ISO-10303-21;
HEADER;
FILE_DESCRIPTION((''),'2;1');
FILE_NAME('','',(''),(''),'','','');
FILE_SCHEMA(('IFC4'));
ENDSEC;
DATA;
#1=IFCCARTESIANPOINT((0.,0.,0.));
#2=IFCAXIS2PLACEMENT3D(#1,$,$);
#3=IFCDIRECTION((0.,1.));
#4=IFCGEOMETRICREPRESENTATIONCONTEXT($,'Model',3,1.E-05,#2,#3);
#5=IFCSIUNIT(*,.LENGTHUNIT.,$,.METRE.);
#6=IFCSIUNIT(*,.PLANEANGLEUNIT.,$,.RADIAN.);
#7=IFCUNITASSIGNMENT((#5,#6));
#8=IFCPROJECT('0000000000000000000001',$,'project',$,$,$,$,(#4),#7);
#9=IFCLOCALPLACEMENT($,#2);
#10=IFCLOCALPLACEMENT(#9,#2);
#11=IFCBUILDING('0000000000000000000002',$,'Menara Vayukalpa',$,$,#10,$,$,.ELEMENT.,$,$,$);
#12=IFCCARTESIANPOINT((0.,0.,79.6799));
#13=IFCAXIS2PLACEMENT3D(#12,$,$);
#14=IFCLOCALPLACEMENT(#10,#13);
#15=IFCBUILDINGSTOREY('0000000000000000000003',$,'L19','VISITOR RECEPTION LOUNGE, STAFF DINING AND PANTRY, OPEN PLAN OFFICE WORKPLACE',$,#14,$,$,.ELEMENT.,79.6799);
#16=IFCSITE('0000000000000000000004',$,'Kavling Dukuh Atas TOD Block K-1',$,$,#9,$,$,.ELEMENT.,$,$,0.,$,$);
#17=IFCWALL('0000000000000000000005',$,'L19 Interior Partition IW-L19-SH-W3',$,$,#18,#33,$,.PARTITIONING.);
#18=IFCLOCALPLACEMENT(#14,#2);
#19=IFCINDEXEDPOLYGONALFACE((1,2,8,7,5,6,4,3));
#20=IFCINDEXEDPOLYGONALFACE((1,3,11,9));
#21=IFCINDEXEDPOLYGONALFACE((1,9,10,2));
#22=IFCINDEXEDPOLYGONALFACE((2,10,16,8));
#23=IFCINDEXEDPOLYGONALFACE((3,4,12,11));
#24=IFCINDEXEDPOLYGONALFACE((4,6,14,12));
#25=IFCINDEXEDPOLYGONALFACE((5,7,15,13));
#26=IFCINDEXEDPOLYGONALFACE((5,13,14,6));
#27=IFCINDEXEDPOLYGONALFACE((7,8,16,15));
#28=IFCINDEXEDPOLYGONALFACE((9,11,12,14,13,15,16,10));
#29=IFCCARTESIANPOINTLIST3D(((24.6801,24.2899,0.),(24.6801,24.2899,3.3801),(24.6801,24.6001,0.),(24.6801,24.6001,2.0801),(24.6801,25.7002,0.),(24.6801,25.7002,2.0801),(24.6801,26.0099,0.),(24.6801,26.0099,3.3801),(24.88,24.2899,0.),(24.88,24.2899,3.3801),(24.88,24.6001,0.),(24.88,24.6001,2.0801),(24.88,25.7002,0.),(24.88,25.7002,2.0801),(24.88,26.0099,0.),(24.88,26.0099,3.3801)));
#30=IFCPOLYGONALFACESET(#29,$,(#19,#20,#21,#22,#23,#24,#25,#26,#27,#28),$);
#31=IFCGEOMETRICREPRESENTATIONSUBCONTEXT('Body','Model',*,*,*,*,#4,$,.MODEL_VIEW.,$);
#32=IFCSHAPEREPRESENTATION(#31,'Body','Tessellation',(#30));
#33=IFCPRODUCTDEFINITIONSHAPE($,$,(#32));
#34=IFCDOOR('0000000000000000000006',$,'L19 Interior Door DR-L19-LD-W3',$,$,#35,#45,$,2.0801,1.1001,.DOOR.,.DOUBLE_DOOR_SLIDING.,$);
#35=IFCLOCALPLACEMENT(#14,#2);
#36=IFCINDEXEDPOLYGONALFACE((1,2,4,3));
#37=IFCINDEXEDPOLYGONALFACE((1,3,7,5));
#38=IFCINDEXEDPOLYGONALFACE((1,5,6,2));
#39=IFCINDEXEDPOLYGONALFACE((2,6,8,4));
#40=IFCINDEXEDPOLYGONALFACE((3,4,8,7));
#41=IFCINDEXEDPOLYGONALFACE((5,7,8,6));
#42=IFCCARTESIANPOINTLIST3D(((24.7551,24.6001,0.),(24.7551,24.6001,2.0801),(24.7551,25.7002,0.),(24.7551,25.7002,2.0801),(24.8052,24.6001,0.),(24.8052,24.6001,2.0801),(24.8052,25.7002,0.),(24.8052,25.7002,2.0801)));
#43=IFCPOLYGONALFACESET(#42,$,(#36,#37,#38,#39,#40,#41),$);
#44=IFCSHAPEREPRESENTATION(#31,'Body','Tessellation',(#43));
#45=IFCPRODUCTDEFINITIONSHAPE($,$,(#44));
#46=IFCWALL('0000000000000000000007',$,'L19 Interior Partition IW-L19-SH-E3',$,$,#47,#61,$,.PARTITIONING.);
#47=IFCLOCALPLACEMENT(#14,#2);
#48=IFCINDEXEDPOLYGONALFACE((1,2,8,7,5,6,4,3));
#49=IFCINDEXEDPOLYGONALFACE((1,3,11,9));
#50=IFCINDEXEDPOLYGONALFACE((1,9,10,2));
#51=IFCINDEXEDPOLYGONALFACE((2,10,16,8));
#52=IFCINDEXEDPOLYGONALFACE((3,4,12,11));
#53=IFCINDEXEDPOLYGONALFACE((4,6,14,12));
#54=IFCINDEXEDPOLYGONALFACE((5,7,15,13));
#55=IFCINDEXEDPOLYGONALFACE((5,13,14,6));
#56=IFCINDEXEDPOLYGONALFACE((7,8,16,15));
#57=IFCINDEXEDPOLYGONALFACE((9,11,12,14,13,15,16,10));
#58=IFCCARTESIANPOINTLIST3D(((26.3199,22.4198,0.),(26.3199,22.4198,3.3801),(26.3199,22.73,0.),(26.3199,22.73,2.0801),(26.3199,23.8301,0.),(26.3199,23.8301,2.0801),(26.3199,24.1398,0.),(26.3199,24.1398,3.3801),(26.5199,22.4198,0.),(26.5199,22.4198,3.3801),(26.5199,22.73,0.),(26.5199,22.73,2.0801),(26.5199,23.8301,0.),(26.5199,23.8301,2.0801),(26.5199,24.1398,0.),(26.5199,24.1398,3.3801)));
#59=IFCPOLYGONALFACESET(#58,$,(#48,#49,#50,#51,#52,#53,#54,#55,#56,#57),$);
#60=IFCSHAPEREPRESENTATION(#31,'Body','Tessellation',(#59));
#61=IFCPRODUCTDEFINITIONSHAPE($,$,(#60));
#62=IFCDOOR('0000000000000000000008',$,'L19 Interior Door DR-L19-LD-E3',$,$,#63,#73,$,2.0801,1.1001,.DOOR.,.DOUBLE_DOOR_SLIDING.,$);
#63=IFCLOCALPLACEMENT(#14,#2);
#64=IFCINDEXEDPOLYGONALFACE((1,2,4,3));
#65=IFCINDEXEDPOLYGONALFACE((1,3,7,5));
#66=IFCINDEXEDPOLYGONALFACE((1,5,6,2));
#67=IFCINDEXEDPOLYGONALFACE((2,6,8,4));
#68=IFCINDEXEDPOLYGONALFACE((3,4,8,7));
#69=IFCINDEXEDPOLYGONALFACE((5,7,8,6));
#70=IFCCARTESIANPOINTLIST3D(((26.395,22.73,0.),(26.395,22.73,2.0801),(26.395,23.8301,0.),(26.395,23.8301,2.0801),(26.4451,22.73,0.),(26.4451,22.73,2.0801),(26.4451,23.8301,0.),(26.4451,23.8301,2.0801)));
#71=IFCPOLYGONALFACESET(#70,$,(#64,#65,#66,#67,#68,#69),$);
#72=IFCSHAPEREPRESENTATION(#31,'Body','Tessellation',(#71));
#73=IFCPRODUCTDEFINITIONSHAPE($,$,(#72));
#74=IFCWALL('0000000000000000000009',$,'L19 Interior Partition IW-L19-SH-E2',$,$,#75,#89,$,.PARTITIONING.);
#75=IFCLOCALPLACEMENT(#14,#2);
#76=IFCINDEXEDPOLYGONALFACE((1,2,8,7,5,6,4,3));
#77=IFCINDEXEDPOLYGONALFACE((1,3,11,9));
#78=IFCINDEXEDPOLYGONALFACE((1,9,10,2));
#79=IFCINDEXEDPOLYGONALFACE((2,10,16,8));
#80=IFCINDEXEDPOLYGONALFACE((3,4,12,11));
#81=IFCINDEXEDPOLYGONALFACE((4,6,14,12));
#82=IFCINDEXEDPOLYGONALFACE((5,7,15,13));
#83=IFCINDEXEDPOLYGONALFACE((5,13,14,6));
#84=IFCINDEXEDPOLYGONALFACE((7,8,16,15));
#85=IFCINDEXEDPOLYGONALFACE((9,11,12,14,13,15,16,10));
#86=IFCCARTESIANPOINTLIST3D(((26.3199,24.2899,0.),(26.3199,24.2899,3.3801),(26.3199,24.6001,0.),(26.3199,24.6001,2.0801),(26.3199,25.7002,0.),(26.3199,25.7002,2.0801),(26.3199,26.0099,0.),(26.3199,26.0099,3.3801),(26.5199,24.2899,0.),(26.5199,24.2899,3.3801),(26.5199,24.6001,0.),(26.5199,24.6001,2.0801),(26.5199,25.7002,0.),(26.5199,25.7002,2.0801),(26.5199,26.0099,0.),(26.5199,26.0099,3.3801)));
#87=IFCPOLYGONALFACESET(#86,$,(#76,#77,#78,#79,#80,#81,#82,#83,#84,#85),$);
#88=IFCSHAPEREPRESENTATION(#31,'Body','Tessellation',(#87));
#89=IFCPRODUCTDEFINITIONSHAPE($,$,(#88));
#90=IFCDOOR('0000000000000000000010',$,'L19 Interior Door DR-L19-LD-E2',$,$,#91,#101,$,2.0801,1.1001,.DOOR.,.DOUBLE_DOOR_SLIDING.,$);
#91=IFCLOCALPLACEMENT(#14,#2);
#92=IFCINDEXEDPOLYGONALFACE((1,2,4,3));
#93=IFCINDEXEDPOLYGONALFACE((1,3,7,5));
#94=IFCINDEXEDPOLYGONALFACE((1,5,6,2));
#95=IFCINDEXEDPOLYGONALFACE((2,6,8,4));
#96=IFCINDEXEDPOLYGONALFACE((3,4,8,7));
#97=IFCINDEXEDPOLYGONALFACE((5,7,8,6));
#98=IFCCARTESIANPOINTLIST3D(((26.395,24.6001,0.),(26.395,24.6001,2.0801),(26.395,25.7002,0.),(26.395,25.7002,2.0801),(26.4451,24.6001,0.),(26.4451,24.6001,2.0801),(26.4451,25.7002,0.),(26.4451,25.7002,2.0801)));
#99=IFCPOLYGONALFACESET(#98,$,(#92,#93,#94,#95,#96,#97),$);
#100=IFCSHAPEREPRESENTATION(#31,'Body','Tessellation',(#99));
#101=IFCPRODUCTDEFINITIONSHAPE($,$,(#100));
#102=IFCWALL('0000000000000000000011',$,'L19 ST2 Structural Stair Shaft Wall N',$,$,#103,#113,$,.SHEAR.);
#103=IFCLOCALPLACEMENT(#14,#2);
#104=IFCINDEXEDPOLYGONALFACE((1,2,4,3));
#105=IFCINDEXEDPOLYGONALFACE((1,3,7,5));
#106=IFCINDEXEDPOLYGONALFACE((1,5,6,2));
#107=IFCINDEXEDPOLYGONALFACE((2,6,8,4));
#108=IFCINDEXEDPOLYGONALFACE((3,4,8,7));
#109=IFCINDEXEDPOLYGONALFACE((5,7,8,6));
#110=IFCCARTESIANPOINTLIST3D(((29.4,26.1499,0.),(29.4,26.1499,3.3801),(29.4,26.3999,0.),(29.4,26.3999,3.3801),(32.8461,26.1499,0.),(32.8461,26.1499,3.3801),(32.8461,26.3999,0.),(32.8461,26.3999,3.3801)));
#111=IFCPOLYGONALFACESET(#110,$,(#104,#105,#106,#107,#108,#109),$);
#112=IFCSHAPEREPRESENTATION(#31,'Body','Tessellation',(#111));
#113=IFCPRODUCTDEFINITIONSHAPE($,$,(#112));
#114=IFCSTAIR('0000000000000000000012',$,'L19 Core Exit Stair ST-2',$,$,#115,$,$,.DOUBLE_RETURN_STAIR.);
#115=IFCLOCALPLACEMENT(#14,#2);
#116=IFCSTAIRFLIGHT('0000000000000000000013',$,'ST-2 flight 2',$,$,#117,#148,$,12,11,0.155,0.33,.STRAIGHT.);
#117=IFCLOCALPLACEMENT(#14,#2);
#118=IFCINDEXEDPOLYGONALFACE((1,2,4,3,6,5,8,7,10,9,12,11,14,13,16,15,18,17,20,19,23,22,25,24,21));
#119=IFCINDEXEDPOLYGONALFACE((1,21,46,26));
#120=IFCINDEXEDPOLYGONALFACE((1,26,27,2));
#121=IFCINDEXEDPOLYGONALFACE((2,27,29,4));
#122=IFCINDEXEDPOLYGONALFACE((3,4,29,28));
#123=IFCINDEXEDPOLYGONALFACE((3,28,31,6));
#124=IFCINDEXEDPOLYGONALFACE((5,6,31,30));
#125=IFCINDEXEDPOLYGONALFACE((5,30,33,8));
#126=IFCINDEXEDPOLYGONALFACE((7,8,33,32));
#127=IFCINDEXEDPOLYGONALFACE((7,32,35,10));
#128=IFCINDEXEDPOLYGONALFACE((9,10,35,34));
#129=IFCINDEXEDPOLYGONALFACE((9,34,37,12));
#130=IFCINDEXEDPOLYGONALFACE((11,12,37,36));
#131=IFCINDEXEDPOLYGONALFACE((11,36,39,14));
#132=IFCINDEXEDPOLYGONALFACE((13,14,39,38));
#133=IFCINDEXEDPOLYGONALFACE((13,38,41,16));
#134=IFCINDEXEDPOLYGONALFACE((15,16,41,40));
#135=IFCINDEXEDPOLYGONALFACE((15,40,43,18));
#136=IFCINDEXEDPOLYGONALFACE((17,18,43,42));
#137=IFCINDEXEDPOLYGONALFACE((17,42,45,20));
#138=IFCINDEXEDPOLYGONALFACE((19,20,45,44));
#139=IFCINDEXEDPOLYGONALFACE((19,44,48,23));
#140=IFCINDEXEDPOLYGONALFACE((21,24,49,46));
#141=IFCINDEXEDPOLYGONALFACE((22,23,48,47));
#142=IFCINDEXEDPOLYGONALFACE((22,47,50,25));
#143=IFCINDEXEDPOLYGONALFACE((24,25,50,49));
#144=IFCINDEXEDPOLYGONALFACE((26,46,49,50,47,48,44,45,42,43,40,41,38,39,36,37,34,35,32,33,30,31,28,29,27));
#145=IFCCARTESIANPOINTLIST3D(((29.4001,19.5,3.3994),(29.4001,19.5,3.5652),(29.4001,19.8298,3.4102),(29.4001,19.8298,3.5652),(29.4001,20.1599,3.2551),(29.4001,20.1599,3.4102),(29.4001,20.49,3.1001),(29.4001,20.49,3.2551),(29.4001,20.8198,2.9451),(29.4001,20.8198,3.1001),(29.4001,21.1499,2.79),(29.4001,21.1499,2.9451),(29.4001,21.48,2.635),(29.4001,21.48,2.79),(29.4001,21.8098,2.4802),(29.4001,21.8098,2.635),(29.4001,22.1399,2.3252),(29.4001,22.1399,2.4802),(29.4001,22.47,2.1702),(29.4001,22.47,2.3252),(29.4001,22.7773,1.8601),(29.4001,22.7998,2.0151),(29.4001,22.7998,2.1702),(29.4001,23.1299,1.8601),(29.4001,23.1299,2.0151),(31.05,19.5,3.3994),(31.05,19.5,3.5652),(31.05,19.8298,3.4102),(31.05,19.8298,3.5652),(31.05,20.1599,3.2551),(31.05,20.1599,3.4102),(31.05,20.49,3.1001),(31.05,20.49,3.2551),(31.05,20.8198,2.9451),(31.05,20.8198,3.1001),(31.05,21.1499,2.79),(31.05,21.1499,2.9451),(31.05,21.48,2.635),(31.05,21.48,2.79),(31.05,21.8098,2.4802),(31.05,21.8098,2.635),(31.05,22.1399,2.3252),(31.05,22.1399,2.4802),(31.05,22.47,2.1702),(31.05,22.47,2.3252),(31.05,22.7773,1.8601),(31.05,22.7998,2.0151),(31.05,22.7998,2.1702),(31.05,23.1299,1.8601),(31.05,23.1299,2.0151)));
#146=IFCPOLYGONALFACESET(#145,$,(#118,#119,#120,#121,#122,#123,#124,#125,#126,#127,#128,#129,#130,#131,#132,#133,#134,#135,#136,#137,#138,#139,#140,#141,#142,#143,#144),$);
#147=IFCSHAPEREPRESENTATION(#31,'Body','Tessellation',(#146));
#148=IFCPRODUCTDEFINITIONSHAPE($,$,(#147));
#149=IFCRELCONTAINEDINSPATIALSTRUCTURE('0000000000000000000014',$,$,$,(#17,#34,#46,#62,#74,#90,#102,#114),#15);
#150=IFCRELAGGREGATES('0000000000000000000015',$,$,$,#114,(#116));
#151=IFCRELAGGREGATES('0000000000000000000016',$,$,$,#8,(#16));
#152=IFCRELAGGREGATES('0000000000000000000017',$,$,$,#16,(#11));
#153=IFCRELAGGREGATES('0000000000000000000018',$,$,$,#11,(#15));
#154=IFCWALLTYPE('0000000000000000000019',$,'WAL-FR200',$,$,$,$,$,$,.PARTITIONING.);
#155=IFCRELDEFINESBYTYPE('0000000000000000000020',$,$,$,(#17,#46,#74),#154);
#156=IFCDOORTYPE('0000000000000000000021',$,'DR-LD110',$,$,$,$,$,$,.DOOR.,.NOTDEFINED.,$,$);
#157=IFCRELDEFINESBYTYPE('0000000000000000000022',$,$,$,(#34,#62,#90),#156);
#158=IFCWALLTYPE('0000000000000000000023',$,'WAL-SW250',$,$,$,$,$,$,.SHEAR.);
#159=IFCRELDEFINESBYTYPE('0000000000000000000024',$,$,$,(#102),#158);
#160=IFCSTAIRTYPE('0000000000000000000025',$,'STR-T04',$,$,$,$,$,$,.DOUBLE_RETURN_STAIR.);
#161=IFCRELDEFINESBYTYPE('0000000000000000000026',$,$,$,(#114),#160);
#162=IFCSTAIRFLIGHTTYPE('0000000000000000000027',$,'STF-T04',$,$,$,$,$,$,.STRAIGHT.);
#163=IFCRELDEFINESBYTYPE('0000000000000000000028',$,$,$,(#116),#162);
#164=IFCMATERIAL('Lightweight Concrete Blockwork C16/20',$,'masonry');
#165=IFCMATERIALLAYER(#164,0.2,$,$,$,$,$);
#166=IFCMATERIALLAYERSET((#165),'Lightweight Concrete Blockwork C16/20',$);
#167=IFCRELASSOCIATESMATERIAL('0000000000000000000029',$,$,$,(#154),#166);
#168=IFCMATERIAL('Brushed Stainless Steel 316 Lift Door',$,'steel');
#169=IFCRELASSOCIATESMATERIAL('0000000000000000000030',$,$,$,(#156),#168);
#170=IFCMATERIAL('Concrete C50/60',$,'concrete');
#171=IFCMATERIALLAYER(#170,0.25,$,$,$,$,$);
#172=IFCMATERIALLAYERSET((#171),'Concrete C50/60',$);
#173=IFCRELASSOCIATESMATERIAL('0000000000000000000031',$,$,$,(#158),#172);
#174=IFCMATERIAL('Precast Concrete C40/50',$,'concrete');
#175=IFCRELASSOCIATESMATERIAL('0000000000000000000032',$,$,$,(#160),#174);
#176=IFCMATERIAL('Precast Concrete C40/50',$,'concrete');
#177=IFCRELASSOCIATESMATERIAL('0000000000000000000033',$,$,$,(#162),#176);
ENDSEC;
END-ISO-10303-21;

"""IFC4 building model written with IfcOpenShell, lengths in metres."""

from ifc_helpers import new_model, si_unit, direction, frame, frame_2d, origin, place, context, subcontext, project, spatial, polyline, rectangle, outline, extrude, material, layer, layer_set, type_object, element, fill, aggregate, save


model = new_model("IFC4")

# Units and contexts
model_context = context("Model", 3, precision=1e-05, world=origin(), true_north=direction((0.0, 1.0)))
body_context = subcontext(model_context, "Body", "Model", "MODEL_VIEW")
ifc_project = project(units=[si_unit("LENGTHUNIT", "METRE"), si_unit("PLANEANGLEUNIT", "RADIAN")], contexts=[model_context])

# Site, building, storey
site_placement = place(None, origin())
site = spatial("IfcSite", under=ifc_project, at=site_placement, Name="Kavling Dukuh Atas TOD Block K-1", CompositionType="ELEMENT", RefElevation=0.0)
building_placement = place(site_placement, origin())
building = spatial("IfcBuilding", under=site, at=building_placement, Name="Menara Vayukalpa", CompositionType="ELEMENT")
storey_placement = place(building_placement, frame((0.0, 0.0, 79.6799)))
storey = spatial("IfcBuildingStorey", under=building, at=storey_placement, Name="L19", Description="VISITOR RECEPTION LOUNGE, STAFF DINING AND PANTRY, OPEN PLAN OFFICE WORKPLACE", CompositionType="ELEMENT", Elevation=79.6799)

# Walls, openings, doors
ifc_material_1 = material(Name="Lightweight Concrete Blockwork C16/20", Category="masonry")
ifc_layer_1 = layer(ifc_material_1, 0.2)
ifc_layer_set_1 = layer_set([ifc_layer_1], Name="Lightweight Concrete Blockwork C16/20")
wall_type_1 = type_object("IfcWallType", Name="WAL-FR200", PredefinedType="PARTITIONING", material=ifc_layer_set_1)
ifc_material_2 = material(Name="Brushed Stainless Steel 316 Lift Door", Category="steel")
door_type = type_object("IfcDoorType", Name="DR-LD110", OperationType="NOTDEFINED", PredefinedType="DOOR", material=ifc_material_2)
wall_1_placement = place(storey_placement, frame((24.78, 24.29, 0.0), z_axis=(0.0, 0.0, 1.0), x_axis=(0.0, 1.0, 0.0)))
wall_1 = element("IfcWall", 1, at=wall_1_placement, inside=storey, type_object=wall_type_1, Name="L19 Interior Partition IW-L19-SH-W3", PredefinedType="PARTITIONING", context=body_context, shape_type="SweptSolid", body=[
    extrude(rectangle(XDim=1.72, YDim=0.2, at=frame_2d((0.8599, 0.0))), origin(), (0.0, 0.0, 1.0), 3.3801),
])
opening_1_placement = place(wall_1_placement, frame((0.3101, 0.0, 0.0)))
opening_1 = element("IfcOpeningElement", 2, at=opening_1_placement, cuts=wall_1, PredefinedType="OPENING", context=body_context, shape_type="SweptSolid", body=[
    extrude(rectangle(XDim=1.1001, YDim=2.0801, at=frame_2d((0.55, 1.04))), frame((0.0, 0.1099, 0.0), z_axis=(0.0, -1.0, 0.0), x_axis=(1.0, 0.0, 0.0)), (0.0, 0.0, 1.0), 0.22),
])
door_1_placement = place(opening_1_placement, origin())
door_1 = element("IfcDoor", 3, at=door_1_placement, inside=storey, type_object=door_type, Name="L19 Interior Door DR-L19-LD-W3", OperationType="DOUBLE_DOOR_SLIDING", OverallHeight=2.0801, OverallWidth=1.1001, PredefinedType="DOOR", context=body_context, shape_type="SweptSolid", body=[
    extrude(rectangle(XDim=1.1001, YDim=2.0801, at=frame_2d((0.55, 1.04))), frame((0.0, 0.0249, 0.0), z_axis=(0.0, -1.0, 0.0), x_axis=(1.0, 0.0, 0.0)), (0.0, 0.0, 1.0), 0.05),
])
fill(opening_1, door_1)
wall_2_placement = place(storey_placement, frame((26.4199, 22.4199, 0.0), z_axis=(0.0, 0.0, 1.0), x_axis=(0.0, 1.0, 0.0)))
wall_2 = element("IfcWall", 4, at=wall_2_placement, inside=storey, type_object=wall_type_1, Name="L19 Interior Partition IW-L19-SH-E3", PredefinedType="PARTITIONING", context=body_context, shape_type="SweptSolid", body=[
    extrude(rectangle(XDim=1.72, YDim=0.2, at=frame_2d((0.8599, 0.0))), origin(), (0.0, 0.0, 1.0), 3.3801),
])
opening_2_placement = place(wall_2_placement, frame((0.3101, 0.0, 0.0)))
opening_2 = element("IfcOpeningElement", 5, at=opening_2_placement, cuts=wall_2, PredefinedType="OPENING", context=body_context, shape_type="SweptSolid", body=[
    extrude(rectangle(XDim=1.1001, YDim=2.0801, at=frame_2d((0.55, 1.04))), frame((0.0, 0.1099, 0.0), z_axis=(0.0, -1.0, 0.0), x_axis=(1.0, 0.0, 0.0)), (0.0, 0.0, 1.0), 0.22),
])
door_2_placement = place(opening_2_placement, origin())
door_2 = element("IfcDoor", 6, at=door_2_placement, inside=storey, type_object=door_type, Name="L19 Interior Door DR-L19-LD-E3", OperationType="DOUBLE_DOOR_SLIDING", OverallHeight=2.0801, OverallWidth=1.1001, PredefinedType="DOOR", context=body_context, shape_type="SweptSolid", body=[
    extrude(rectangle(XDim=1.1001, YDim=2.0801, at=frame_2d((0.55, 1.04))), frame((0.0, 0.0249, 0.0), z_axis=(0.0, -1.0, 0.0), x_axis=(1.0, 0.0, 0.0)), (0.0, 0.0, 1.0), 0.05),
])
fill(opening_2, door_2)
wall_3_placement = place(storey_placement, frame((26.4199, 24.29, 0.0), z_axis=(0.0, 0.0, 1.0), x_axis=(0.0, 1.0, 0.0)))
wall_3 = element("IfcWall", 7, at=wall_3_placement, inside=storey, type_object=wall_type_1, Name="L19 Interior Partition IW-L19-SH-E2", PredefinedType="PARTITIONING", context=body_context, shape_type="SweptSolid", body=[
    extrude(rectangle(XDim=1.72, YDim=0.2, at=frame_2d((0.8599, 0.0))), origin(), (0.0, 0.0, 1.0), 3.3801),
])
opening_3_placement = place(wall_3_placement, frame((0.3101, 0.0, 0.0)))
opening_3 = element("IfcOpeningElement", 8, at=opening_3_placement, cuts=wall_3, PredefinedType="OPENING", context=body_context, shape_type="SweptSolid", body=[
    extrude(rectangle(XDim=1.1001, YDim=2.0801, at=frame_2d((0.55, 1.04))), frame((0.0, 0.1099, 0.0), z_axis=(0.0, -1.0, 0.0), x_axis=(1.0, 0.0, 0.0)), (0.0, 0.0, 1.0), 0.22),
])
door_3_placement = place(opening_3_placement, origin())
door_3 = element("IfcDoor", 9, at=door_3_placement, inside=storey, type_object=door_type, Name="L19 Interior Door DR-L19-LD-E2", OperationType="DOUBLE_DOOR_SLIDING", OverallHeight=2.0801, OverallWidth=1.1001, PredefinedType="DOOR", context=body_context, shape_type="SweptSolid", body=[
    extrude(rectangle(XDim=1.1001, YDim=2.0801, at=frame_2d((0.55, 1.04))), frame((0.0, 0.0249, 0.0), z_axis=(0.0, -1.0, 0.0), x_axis=(1.0, 0.0, 0.0)), (0.0, 0.0, 1.0), 0.05),
])
fill(opening_3, door_3)

# Wall
ifc_material_3 = material(Name="Concrete C50/60", Category="concrete")
ifc_layer_2 = layer(ifc_material_3, 0.25)
ifc_layer_set_2 = layer_set([ifc_layer_2], Name="Concrete C50/60")
wall_type_2 = type_object("IfcWallType", Name="WAL-SW250", PredefinedType="SHEAR", material=ifc_layer_set_2)
wall_4_placement = place(storey_placement, frame((29.3999, 26.2749, 0.0), z_axis=(0.0, 0.0, 1.0), x_axis=(1.0, 0.0, 0.0)))
element("IfcWall", 10, at=wall_4_placement, inside=storey, type_object=wall_type_2, Name="L19 ST2 Structural Stair Shaft Wall N", PredefinedType="SHEAR", context=body_context, shape_type="SweptSolid", body=[
    extrude(rectangle(XDim=3.446, YDim=0.25, at=frame_2d((1.7231, 0.0))), origin(), (0.0, 0.0, 1.0), 3.3801),
])

# Stair, stair flight
ifc_material_4 = material(Name="Precast Concrete C40/50", Category="concrete")
stair_type = type_object("IfcStairType", Name="STR-T04", PredefinedType="DOUBLE_RETURN_STAIR", material=ifc_material_4)
stair_placement = place(storey_placement, origin())
stair = element("IfcStair", 11, at=stair_placement, inside=storey, type_object=stair_type, Name="L19 Core Exit Stair ST-2", PredefinedType="DOUBLE_RETURN_STAIR")
ifc_material_5 = material(Name="Precast Concrete C40/50", Category="concrete")
stair_flight_type = type_object("IfcStairFlightType", Name="STF-T04", PredefinedType="STRAIGHT", material=ifc_material_5)
stair_flight_placement = place(storey_placement, frame((30.2251, 23.1299, 1.8601), z_axis=(0.0, 0.0, 1.0), x_axis=(0.0, -1.0, 0.0)))
stair_flight = element("IfcStairFlight", 12, at=stair_flight_placement, type_object=stair_flight_type, Name="ST-2 flight 2", NumberOfRisers=12, NumberOfTreads=11, PredefinedType="STRAIGHT", RiserHeight=0.155, TreadLength=0.33, context=body_context, shape_type="SweptSolid", body=[
    extrude(outline(polyline([(0.0, 0.0), (0.0, 0.155), (0.3301, 0.155), (0.3301, 0.3101), (0.6599, 0.3101), (0.6599, 0.4651), (0.99, 0.4651), (0.99, 0.6201), (1.3201, 0.6201), (1.3201, 0.7749), (1.6499, 0.7749), (1.6499, 0.9299), (1.98, 0.9299), (1.98, 1.085), (2.3101, 1.085), (2.3101, 1.24), (2.6399, 1.24), (2.6399, 1.395), (2.97, 1.395), (2.97, 1.55), (3.3, 1.55), (3.3, 1.7051), (3.6299, 1.7051), (3.6299, 1.8601), (3.6299, 1.5393), (0.3525, 0.0), (0.0, 0.0)])), frame((0.0, 0.825, 0.0), z_axis=(0.0, -1.0, 0.0), x_axis=(1.0, 0.0, 0.0)), (0.0, 0.0, 1.0), 1.6499),
])
aggregate(stair, [stair_flight])

save(model, "model.ifc")
